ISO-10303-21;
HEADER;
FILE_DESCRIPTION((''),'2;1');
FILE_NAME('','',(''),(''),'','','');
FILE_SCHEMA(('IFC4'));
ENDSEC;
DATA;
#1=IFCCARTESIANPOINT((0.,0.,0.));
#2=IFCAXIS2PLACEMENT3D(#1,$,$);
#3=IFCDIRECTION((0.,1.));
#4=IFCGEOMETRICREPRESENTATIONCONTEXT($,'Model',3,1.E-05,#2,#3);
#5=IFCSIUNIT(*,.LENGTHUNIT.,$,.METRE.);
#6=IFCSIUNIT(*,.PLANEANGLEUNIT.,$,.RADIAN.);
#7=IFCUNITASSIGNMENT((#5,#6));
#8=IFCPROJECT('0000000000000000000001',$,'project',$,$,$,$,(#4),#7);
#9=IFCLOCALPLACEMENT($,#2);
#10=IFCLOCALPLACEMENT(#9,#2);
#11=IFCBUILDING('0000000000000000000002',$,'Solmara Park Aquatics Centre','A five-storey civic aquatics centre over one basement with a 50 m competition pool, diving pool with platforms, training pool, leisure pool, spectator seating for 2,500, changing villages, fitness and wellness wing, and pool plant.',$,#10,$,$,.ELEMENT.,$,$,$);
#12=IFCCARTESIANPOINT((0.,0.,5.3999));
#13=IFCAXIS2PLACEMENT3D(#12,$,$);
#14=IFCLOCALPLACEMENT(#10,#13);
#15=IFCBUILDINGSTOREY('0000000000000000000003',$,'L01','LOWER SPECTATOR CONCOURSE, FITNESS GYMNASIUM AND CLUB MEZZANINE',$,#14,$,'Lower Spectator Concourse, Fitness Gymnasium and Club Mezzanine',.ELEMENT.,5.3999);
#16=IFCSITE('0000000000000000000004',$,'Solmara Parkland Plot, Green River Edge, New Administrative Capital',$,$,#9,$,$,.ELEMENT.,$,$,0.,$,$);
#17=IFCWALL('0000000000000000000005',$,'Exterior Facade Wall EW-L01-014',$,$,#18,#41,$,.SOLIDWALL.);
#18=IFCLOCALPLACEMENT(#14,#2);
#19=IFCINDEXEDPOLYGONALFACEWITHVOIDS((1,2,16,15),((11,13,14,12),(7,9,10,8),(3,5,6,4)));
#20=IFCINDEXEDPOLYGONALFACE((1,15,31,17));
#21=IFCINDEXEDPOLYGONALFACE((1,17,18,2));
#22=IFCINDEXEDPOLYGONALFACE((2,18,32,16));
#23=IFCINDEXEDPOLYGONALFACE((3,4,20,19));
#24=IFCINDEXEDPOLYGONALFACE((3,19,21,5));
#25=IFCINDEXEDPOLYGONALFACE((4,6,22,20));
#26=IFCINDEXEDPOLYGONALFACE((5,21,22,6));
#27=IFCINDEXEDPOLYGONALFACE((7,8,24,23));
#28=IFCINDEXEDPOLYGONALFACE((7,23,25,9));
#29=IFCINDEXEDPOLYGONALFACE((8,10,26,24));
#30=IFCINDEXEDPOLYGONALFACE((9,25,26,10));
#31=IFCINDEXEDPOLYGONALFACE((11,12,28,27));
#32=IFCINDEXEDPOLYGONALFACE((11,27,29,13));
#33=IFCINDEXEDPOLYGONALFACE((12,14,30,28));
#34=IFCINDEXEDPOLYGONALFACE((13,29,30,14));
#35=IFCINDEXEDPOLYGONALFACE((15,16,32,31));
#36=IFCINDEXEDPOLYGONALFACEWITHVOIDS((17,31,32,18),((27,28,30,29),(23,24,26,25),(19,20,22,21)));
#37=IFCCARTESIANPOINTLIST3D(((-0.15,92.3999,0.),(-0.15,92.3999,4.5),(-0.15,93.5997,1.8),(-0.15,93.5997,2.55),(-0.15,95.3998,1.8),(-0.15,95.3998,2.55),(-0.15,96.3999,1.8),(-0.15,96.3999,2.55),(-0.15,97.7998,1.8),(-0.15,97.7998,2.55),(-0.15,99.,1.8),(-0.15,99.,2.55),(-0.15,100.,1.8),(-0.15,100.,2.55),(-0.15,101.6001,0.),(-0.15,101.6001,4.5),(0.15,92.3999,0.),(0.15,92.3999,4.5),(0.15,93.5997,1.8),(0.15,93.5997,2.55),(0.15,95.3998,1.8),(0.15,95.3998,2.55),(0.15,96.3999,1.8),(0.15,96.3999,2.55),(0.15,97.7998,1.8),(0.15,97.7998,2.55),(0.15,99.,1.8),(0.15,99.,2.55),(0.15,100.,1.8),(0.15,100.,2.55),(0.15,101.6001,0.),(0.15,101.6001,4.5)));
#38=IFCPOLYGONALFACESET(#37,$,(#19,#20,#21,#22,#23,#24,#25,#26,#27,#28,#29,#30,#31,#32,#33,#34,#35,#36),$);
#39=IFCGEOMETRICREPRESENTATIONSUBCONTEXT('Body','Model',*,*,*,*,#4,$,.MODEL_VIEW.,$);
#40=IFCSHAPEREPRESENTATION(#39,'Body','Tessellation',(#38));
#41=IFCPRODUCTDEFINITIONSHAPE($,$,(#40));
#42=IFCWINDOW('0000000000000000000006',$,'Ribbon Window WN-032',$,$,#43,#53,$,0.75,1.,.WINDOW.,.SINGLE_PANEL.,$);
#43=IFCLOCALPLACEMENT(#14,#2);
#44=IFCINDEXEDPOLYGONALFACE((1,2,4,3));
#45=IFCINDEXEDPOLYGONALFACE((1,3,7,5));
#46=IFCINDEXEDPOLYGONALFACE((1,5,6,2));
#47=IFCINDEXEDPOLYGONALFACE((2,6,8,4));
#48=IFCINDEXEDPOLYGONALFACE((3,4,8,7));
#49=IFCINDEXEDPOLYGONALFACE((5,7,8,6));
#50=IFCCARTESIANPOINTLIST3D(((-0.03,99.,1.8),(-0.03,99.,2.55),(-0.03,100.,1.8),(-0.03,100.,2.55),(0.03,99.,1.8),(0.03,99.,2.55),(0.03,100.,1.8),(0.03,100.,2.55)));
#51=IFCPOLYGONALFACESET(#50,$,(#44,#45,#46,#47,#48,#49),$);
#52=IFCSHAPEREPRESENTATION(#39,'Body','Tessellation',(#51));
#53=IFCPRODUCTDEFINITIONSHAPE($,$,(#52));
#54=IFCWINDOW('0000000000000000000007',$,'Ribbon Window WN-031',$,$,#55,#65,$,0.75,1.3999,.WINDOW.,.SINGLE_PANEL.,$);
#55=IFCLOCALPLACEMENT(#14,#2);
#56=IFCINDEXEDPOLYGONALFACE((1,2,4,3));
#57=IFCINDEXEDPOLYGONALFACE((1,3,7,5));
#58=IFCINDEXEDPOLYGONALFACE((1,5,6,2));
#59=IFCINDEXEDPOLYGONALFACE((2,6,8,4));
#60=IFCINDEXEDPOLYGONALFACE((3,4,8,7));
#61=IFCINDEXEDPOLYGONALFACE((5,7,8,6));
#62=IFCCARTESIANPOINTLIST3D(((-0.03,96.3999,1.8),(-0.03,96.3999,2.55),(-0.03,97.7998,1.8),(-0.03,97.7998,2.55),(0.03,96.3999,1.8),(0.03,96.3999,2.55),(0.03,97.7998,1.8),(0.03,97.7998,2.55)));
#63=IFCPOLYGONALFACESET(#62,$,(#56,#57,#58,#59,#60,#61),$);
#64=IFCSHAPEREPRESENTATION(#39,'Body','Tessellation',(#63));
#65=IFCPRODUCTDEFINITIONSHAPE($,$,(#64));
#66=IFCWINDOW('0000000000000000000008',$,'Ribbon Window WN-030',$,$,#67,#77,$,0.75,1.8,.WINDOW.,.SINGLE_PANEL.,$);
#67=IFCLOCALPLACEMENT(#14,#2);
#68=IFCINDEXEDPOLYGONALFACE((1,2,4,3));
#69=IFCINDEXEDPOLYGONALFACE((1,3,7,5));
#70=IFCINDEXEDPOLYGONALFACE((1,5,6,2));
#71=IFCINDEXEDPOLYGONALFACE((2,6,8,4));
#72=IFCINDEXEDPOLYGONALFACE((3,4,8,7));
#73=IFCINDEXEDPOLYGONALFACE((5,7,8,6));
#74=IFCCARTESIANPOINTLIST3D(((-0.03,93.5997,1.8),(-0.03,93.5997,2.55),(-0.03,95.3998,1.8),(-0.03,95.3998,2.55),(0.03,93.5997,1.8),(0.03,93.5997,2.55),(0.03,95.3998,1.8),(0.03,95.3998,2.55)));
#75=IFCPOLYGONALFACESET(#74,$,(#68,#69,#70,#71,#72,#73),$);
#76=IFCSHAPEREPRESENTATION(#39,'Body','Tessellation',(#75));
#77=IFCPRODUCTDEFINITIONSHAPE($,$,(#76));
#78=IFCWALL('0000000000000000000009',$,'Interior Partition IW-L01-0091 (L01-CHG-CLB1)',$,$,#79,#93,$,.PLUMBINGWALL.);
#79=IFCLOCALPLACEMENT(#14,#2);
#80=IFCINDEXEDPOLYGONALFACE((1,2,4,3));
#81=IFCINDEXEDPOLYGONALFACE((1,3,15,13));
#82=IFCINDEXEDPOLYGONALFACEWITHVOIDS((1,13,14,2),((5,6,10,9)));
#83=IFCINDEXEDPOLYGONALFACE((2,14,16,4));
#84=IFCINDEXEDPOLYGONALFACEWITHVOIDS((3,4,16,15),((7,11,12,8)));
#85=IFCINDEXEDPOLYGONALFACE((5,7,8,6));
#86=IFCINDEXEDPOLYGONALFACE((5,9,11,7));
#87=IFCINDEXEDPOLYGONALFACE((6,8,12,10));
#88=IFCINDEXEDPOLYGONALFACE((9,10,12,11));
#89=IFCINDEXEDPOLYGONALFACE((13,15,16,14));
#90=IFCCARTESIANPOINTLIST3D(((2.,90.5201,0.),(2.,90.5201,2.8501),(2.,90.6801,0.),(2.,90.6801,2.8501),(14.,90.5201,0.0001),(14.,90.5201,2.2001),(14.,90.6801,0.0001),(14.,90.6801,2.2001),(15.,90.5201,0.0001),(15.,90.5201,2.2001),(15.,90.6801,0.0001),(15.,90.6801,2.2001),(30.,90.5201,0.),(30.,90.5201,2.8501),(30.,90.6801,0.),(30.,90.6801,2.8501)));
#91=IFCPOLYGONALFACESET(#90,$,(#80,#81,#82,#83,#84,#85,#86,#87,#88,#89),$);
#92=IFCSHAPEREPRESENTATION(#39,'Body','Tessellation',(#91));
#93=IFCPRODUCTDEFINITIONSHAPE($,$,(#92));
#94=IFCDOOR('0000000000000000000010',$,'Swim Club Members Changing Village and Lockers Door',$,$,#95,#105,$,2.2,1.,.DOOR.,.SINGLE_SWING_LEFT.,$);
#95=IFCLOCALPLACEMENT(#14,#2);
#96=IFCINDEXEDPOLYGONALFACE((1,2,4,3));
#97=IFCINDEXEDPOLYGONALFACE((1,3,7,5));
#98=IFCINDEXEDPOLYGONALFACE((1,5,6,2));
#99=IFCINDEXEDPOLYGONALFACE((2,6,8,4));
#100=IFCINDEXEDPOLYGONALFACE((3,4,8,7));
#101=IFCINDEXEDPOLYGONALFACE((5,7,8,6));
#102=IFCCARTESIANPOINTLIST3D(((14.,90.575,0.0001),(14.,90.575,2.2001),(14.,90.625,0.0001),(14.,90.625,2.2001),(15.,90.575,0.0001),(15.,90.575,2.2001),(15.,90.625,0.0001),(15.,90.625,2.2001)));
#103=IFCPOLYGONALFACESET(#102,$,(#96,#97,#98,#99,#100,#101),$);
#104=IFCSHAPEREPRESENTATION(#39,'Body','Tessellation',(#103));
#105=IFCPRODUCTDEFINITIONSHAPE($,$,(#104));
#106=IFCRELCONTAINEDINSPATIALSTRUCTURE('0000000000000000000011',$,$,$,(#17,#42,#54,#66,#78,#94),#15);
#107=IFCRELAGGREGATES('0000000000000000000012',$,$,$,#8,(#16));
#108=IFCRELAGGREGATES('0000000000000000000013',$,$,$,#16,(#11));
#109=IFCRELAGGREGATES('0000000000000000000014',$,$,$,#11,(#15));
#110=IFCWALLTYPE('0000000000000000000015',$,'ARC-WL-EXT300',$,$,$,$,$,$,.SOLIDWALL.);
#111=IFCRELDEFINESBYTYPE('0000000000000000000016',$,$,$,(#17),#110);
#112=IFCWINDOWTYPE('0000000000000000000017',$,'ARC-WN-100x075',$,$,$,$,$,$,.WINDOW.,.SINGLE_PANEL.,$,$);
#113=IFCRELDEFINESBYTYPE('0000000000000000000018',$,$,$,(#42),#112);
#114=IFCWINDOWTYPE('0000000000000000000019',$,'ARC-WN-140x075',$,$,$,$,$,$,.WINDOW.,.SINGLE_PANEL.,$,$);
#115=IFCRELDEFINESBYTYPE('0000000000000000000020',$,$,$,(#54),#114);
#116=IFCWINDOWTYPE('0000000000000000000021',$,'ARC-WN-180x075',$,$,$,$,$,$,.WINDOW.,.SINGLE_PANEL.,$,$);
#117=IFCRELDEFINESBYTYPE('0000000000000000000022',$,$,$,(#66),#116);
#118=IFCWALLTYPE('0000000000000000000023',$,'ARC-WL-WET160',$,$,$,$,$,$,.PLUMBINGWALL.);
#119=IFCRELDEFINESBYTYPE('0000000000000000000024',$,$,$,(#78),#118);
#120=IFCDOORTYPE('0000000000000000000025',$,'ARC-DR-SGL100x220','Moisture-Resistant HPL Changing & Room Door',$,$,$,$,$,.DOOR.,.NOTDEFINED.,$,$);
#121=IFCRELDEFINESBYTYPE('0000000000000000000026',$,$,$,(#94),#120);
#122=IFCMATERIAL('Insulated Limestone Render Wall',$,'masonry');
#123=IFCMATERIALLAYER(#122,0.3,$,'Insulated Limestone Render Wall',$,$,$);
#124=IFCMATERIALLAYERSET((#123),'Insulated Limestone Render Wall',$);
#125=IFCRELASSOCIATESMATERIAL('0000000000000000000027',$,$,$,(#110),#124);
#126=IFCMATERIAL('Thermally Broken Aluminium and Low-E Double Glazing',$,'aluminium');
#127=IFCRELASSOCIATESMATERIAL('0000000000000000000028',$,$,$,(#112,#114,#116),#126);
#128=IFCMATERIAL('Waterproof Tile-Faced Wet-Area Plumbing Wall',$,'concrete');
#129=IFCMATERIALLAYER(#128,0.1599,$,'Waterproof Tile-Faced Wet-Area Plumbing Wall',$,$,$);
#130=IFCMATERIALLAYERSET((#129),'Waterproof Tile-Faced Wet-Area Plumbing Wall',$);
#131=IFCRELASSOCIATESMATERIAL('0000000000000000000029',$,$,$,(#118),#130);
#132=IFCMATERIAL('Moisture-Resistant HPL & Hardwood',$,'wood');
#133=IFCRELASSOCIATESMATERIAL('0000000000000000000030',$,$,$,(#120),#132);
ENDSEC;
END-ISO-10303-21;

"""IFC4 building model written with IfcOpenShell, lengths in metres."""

from ifc_helpers import new_model, si_unit, direction, frame, frame_2d, origin, place, context, subcontext, project, spatial, rectangle, extrude, material, layer, layer_set, type_object, element, fill, save


model = new_model("IFC4")

# Units and contexts
model_context = context("Model", 3, precision=1e-05, world=origin(), true_north=direction((0.0, 1.0)))
body_context = subcontext(model_context, "Body", "Model", "MODEL_VIEW")
ifc_project = project(units=[si_unit("LENGTHUNIT", "METRE"), si_unit("PLANEANGLEUNIT", "RADIAN")], contexts=[model_context])

# Site, building, storey
site_placement = place(None, origin())
site = spatial("IfcSite", under=ifc_project, at=site_placement, Name="Solmara Parkland Plot, Green River Edge, New Administrative Capital", CompositionType="ELEMENT", RefElevation=0.0)
building_placement = place(site_placement, origin())
building = spatial("IfcBuilding", under=site, at=building_placement, Name="Solmara Park Aquatics Centre", Description="A five-storey civic aquatics centre over one basement with a 50 m competition pool, diving pool with platforms, training pool, leisure pool, spectator seating for 2,500, changing villages, fitness and wellness wing, and pool plant.", CompositionType="ELEMENT")
storey_placement = place(building_placement, frame((0.0, 0.0, 5.3999)))
storey = spatial("IfcBuildingStorey", under=building, at=storey_placement, Name="L01", Description="LOWER SPECTATOR CONCOURSE, FITNESS GYMNASIUM AND CLUB MEZZANINE", LongName="Lower Spectator Concourse, Fitness Gymnasium and Club Mezzanine", CompositionType="ELEMENT", Elevation=5.3999)

# Wall, openings, windows
ifc_material_1 = material(Name="Insulated Limestone Render Wall", Category="masonry")
ifc_layer_1 = layer(ifc_material_1, 0.3, Name="Insulated Limestone Render Wall")
ifc_layer_set_1 = layer_set([ifc_layer_1], Name="Insulated Limestone Render Wall")
wall_type_1 = type_object("IfcWallType", Name="ARC-WL-EXT300", PredefinedType="SOLIDWALL", material=ifc_layer_set_1)
wall_1_placement = place(storey_placement, frame((0.0, 92.3999, 0.0), z_axis=(0.0, 0.0, 1.0), x_axis=(0.0, 1.0, 0.0)))
wall_1 = element("IfcWall", 1, at=wall_1_placement, inside=storey, type_object=wall_type_1, Name="Exterior Facade Wall EW-L01-014", PredefinedType="SOLIDWALL", context=body_context, shape_type="SweptSolid", body=[
    extrude(rectangle(XDim=9.2002, YDim=0.3, at=frame_2d((4.6001, 0.0))), origin(), (0.0, 0.0, 1.0), 4.5),
])
opening_1_placement = place(wall_1_placement, frame((1.2, 0.0, 1.8)))
opening_1 = element("IfcOpeningElement", 2, at=opening_1_placement, cuts=wall_1, PredefinedType="OPENING", context=body_context, shape_type="SweptSolid", body=[
    extrude(rectangle(XDim=1.8, YDim=0.75, at=frame_2d((0.8999, 0.375))), frame((0.0, 0.1599, 0.0), z_axis=(0.0, -1.0, 0.0), x_axis=(1.0, 0.0, 0.0)), (0.0, 0.0, 1.0), 0.3201),
])
opening_2_placement = place(wall_1_placement, frame((4.0, 0.0, 1.8)))
opening_2 = element("IfcOpeningElement", 3, at=opening_2_placement, cuts=wall_1, PredefinedType="OPENING", context=body_context, shape_type="SweptSolid", body=[
    extrude(rectangle(XDim=1.3999, YDim=0.75, at=frame_2d((0.7, 0.375))), frame((0.0, 0.1599, 0.0), z_axis=(0.0, -1.0, 0.0), x_axis=(1.0, 0.0, 0.0)), (0.0, 0.0, 1.0), 0.3201),
])
opening_3_placement = place(wall_1_placement, frame((6.6001, 0.0, 1.8)))
opening_3 = element("IfcOpeningElement", 4, at=opening_3_placement, cuts=wall_1, PredefinedType="OPENING", context=body_context, shape_type="SweptSolid", body=[
    extrude(rectangle(XDim=1.0, YDim=0.75, at=frame_2d((0.5, 0.375))), frame((0.0, 0.1599, 0.0), z_axis=(0.0, -1.0, 0.0), x_axis=(1.0, 0.0, 0.0)), (0.0, 0.0, 1.0), 0.3201),
])
ifc_material_2 = material(Name="Thermally Broken Aluminium and Low-E Double Glazing", Category="aluminium")
window_type_1 = type_object("IfcWindowType", Name="ARC-WN-100x075", PartitioningType="SINGLE_PANEL", PredefinedType="WINDOW", material=ifc_material_2)
window_1_placement = place(opening_3_placement, origin())
window_1 = element("IfcWindow", 5, at=window_1_placement, inside=storey, type_object=window_type_1, Name="Ribbon Window WN-032", OverallHeight=0.75, OverallWidth=1.0, PartitioningType="SINGLE_PANEL", PredefinedType="WINDOW", context=body_context, shape_type="SweptSolid", body=[
    extrude(rectangle(XDim=1.0, YDim=0.75, at=frame_2d((0.5, 0.375))), frame((0.0, 0.03, 0.0), z_axis=(0.0, -1.0, 0.0), x_axis=(1.0, 0.0, 0.0)), (0.0, 0.0, 1.0), 0.0601),
])
fill(opening_3, window_1)
window_type_2 = type_object("IfcWindowType", Name="ARC-WN-140x075", PartitioningType="SINGLE_PANEL", PredefinedType="WINDOW", material=ifc_material_2)
window_2_placement = place(opening_2_placement, origin())
window_2 = element("IfcWindow", 6, at=window_2_placement, inside=storey, type_object=window_type_2, Name="Ribbon Window WN-031", OverallHeight=0.75, OverallWidth=1.3999, PartitioningType="SINGLE_PANEL", PredefinedType="WINDOW", context=body_context, shape_type="SweptSolid", body=[
    extrude(rectangle(XDim=1.3999, YDim=0.75, at=frame_2d((0.7, 0.375))), frame((0.0, 0.03, 0.0), z_axis=(0.0, -1.0, 0.0), x_axis=(1.0, 0.0, 0.0)), (0.0, 0.0, 1.0), 0.0601),
])
fill(opening_2, window_2)
window_type_3 = type_object("IfcWindowType", Name="ARC-WN-180x075", PartitioningType="SINGLE_PANEL", PredefinedType="WINDOW", material=ifc_material_2)
window_3_placement = place(opening_1_placement, origin())
window_3 = element("IfcWindow", 7, at=window_3_placement, inside=storey, type_object=window_type_3, Name="Ribbon Window WN-030", OverallHeight=0.75, OverallWidth=1.8, PartitioningType="SINGLE_PANEL", PredefinedType="WINDOW", context=body_context, shape_type="SweptSolid", body=[
    extrude(rectangle(XDim=1.8, YDim=0.75, at=frame_2d((0.8999, 0.375))), frame((0.0, 0.03, 0.0), z_axis=(0.0, -1.0, 0.0), x_axis=(1.0, 0.0, 0.0)), (0.0, 0.0, 1.0), 0.0601),
])
fill(opening_1, window_3)

# Wall, opening, door
ifc_material_3 = material(Name="Waterproof Tile-Faced Wet-Area Plumbing Wall", Category="concrete")
ifc_layer_2 = layer(ifc_material_3, 0.1599, Name="Waterproof Tile-Faced Wet-Area Plumbing Wall")
ifc_layer_set_2 = layer_set([ifc_layer_2], Name="Waterproof Tile-Faced Wet-Area Plumbing Wall")
wall_type_2 = type_object("IfcWallType", Name="ARC-WL-WET160", PredefinedType="PLUMBINGWALL", material=ifc_layer_set_2)
wall_2_placement = place(storey_placement, frame((2.0, 90.6001, 0.0), z_axis=(0.0, 0.0, 1.0), x_axis=(1.0, 0.0, 0.0)))
wall_2 = element("IfcWall", 8, at=wall_2_placement, inside=storey, type_object=wall_type_2, Name="Interior Partition IW-L01-0091 (L01-CHG-CLB1)", PredefinedType="PLUMBINGWALL", context=body_context, shape_type="SweptSolid", body=[
    extrude(rectangle(XDim=28.0, YDim=0.1599, at=frame_2d((14.0, 0.0))), origin(), (0.0, 0.0, 1.0), 2.8501),
])
opening_4_placement = place(wall_2_placement, frame((12.0, 0.0, 0.0)))
opening_4 = element("IfcOpeningElement", 9, at=opening_4_placement, cuts=wall_2, PredefinedType="OPENING", context=body_context, shape_type="SweptSolid", body=[
    extrude(rectangle(XDim=1.0, YDim=2.2, at=frame_2d((0.5, 1.1001))), frame((0.0, 0.0898, 0.0), z_axis=(0.0, -1.0, 0.0), x_axis=(1.0, 0.0, 0.0)), (0.0, 0.0, 1.0), 0.1799),
])
ifc_material_4 = material(Name="Moisture-Resistant HPL & Hardwood", Category="wood")
door_type = type_object("IfcDoorType", Name="ARC-DR-SGL100x220", Description="Moisture-Resistant HPL Changing & Room Door", OperationType="NOTDEFINED", PredefinedType="DOOR", material=ifc_material_4)
door_placement = place(opening_4_placement, origin())
door = element("IfcDoor", 10, at=door_placement, inside=storey, type_object=door_type, Name="Swim Club Members Changing Village and Lockers Door", OperationType="SINGLE_SWING_LEFT", OverallHeight=2.2, OverallWidth=1.0, PredefinedType="DOOR", context=body_context, shape_type="SweptSolid", body=[
    extrude(rectangle(XDim=1.0, YDim=2.2, at=frame_2d((0.5, 1.1001))), frame((0.0, 0.0249, 0.0), z_axis=(0.0, -1.0, 0.0), x_axis=(1.0, 0.0, 0.0)), (0.0, 0.0, 1.0), 0.05),
])
fill(opening_4, door)

save(model, "model.ifc")
